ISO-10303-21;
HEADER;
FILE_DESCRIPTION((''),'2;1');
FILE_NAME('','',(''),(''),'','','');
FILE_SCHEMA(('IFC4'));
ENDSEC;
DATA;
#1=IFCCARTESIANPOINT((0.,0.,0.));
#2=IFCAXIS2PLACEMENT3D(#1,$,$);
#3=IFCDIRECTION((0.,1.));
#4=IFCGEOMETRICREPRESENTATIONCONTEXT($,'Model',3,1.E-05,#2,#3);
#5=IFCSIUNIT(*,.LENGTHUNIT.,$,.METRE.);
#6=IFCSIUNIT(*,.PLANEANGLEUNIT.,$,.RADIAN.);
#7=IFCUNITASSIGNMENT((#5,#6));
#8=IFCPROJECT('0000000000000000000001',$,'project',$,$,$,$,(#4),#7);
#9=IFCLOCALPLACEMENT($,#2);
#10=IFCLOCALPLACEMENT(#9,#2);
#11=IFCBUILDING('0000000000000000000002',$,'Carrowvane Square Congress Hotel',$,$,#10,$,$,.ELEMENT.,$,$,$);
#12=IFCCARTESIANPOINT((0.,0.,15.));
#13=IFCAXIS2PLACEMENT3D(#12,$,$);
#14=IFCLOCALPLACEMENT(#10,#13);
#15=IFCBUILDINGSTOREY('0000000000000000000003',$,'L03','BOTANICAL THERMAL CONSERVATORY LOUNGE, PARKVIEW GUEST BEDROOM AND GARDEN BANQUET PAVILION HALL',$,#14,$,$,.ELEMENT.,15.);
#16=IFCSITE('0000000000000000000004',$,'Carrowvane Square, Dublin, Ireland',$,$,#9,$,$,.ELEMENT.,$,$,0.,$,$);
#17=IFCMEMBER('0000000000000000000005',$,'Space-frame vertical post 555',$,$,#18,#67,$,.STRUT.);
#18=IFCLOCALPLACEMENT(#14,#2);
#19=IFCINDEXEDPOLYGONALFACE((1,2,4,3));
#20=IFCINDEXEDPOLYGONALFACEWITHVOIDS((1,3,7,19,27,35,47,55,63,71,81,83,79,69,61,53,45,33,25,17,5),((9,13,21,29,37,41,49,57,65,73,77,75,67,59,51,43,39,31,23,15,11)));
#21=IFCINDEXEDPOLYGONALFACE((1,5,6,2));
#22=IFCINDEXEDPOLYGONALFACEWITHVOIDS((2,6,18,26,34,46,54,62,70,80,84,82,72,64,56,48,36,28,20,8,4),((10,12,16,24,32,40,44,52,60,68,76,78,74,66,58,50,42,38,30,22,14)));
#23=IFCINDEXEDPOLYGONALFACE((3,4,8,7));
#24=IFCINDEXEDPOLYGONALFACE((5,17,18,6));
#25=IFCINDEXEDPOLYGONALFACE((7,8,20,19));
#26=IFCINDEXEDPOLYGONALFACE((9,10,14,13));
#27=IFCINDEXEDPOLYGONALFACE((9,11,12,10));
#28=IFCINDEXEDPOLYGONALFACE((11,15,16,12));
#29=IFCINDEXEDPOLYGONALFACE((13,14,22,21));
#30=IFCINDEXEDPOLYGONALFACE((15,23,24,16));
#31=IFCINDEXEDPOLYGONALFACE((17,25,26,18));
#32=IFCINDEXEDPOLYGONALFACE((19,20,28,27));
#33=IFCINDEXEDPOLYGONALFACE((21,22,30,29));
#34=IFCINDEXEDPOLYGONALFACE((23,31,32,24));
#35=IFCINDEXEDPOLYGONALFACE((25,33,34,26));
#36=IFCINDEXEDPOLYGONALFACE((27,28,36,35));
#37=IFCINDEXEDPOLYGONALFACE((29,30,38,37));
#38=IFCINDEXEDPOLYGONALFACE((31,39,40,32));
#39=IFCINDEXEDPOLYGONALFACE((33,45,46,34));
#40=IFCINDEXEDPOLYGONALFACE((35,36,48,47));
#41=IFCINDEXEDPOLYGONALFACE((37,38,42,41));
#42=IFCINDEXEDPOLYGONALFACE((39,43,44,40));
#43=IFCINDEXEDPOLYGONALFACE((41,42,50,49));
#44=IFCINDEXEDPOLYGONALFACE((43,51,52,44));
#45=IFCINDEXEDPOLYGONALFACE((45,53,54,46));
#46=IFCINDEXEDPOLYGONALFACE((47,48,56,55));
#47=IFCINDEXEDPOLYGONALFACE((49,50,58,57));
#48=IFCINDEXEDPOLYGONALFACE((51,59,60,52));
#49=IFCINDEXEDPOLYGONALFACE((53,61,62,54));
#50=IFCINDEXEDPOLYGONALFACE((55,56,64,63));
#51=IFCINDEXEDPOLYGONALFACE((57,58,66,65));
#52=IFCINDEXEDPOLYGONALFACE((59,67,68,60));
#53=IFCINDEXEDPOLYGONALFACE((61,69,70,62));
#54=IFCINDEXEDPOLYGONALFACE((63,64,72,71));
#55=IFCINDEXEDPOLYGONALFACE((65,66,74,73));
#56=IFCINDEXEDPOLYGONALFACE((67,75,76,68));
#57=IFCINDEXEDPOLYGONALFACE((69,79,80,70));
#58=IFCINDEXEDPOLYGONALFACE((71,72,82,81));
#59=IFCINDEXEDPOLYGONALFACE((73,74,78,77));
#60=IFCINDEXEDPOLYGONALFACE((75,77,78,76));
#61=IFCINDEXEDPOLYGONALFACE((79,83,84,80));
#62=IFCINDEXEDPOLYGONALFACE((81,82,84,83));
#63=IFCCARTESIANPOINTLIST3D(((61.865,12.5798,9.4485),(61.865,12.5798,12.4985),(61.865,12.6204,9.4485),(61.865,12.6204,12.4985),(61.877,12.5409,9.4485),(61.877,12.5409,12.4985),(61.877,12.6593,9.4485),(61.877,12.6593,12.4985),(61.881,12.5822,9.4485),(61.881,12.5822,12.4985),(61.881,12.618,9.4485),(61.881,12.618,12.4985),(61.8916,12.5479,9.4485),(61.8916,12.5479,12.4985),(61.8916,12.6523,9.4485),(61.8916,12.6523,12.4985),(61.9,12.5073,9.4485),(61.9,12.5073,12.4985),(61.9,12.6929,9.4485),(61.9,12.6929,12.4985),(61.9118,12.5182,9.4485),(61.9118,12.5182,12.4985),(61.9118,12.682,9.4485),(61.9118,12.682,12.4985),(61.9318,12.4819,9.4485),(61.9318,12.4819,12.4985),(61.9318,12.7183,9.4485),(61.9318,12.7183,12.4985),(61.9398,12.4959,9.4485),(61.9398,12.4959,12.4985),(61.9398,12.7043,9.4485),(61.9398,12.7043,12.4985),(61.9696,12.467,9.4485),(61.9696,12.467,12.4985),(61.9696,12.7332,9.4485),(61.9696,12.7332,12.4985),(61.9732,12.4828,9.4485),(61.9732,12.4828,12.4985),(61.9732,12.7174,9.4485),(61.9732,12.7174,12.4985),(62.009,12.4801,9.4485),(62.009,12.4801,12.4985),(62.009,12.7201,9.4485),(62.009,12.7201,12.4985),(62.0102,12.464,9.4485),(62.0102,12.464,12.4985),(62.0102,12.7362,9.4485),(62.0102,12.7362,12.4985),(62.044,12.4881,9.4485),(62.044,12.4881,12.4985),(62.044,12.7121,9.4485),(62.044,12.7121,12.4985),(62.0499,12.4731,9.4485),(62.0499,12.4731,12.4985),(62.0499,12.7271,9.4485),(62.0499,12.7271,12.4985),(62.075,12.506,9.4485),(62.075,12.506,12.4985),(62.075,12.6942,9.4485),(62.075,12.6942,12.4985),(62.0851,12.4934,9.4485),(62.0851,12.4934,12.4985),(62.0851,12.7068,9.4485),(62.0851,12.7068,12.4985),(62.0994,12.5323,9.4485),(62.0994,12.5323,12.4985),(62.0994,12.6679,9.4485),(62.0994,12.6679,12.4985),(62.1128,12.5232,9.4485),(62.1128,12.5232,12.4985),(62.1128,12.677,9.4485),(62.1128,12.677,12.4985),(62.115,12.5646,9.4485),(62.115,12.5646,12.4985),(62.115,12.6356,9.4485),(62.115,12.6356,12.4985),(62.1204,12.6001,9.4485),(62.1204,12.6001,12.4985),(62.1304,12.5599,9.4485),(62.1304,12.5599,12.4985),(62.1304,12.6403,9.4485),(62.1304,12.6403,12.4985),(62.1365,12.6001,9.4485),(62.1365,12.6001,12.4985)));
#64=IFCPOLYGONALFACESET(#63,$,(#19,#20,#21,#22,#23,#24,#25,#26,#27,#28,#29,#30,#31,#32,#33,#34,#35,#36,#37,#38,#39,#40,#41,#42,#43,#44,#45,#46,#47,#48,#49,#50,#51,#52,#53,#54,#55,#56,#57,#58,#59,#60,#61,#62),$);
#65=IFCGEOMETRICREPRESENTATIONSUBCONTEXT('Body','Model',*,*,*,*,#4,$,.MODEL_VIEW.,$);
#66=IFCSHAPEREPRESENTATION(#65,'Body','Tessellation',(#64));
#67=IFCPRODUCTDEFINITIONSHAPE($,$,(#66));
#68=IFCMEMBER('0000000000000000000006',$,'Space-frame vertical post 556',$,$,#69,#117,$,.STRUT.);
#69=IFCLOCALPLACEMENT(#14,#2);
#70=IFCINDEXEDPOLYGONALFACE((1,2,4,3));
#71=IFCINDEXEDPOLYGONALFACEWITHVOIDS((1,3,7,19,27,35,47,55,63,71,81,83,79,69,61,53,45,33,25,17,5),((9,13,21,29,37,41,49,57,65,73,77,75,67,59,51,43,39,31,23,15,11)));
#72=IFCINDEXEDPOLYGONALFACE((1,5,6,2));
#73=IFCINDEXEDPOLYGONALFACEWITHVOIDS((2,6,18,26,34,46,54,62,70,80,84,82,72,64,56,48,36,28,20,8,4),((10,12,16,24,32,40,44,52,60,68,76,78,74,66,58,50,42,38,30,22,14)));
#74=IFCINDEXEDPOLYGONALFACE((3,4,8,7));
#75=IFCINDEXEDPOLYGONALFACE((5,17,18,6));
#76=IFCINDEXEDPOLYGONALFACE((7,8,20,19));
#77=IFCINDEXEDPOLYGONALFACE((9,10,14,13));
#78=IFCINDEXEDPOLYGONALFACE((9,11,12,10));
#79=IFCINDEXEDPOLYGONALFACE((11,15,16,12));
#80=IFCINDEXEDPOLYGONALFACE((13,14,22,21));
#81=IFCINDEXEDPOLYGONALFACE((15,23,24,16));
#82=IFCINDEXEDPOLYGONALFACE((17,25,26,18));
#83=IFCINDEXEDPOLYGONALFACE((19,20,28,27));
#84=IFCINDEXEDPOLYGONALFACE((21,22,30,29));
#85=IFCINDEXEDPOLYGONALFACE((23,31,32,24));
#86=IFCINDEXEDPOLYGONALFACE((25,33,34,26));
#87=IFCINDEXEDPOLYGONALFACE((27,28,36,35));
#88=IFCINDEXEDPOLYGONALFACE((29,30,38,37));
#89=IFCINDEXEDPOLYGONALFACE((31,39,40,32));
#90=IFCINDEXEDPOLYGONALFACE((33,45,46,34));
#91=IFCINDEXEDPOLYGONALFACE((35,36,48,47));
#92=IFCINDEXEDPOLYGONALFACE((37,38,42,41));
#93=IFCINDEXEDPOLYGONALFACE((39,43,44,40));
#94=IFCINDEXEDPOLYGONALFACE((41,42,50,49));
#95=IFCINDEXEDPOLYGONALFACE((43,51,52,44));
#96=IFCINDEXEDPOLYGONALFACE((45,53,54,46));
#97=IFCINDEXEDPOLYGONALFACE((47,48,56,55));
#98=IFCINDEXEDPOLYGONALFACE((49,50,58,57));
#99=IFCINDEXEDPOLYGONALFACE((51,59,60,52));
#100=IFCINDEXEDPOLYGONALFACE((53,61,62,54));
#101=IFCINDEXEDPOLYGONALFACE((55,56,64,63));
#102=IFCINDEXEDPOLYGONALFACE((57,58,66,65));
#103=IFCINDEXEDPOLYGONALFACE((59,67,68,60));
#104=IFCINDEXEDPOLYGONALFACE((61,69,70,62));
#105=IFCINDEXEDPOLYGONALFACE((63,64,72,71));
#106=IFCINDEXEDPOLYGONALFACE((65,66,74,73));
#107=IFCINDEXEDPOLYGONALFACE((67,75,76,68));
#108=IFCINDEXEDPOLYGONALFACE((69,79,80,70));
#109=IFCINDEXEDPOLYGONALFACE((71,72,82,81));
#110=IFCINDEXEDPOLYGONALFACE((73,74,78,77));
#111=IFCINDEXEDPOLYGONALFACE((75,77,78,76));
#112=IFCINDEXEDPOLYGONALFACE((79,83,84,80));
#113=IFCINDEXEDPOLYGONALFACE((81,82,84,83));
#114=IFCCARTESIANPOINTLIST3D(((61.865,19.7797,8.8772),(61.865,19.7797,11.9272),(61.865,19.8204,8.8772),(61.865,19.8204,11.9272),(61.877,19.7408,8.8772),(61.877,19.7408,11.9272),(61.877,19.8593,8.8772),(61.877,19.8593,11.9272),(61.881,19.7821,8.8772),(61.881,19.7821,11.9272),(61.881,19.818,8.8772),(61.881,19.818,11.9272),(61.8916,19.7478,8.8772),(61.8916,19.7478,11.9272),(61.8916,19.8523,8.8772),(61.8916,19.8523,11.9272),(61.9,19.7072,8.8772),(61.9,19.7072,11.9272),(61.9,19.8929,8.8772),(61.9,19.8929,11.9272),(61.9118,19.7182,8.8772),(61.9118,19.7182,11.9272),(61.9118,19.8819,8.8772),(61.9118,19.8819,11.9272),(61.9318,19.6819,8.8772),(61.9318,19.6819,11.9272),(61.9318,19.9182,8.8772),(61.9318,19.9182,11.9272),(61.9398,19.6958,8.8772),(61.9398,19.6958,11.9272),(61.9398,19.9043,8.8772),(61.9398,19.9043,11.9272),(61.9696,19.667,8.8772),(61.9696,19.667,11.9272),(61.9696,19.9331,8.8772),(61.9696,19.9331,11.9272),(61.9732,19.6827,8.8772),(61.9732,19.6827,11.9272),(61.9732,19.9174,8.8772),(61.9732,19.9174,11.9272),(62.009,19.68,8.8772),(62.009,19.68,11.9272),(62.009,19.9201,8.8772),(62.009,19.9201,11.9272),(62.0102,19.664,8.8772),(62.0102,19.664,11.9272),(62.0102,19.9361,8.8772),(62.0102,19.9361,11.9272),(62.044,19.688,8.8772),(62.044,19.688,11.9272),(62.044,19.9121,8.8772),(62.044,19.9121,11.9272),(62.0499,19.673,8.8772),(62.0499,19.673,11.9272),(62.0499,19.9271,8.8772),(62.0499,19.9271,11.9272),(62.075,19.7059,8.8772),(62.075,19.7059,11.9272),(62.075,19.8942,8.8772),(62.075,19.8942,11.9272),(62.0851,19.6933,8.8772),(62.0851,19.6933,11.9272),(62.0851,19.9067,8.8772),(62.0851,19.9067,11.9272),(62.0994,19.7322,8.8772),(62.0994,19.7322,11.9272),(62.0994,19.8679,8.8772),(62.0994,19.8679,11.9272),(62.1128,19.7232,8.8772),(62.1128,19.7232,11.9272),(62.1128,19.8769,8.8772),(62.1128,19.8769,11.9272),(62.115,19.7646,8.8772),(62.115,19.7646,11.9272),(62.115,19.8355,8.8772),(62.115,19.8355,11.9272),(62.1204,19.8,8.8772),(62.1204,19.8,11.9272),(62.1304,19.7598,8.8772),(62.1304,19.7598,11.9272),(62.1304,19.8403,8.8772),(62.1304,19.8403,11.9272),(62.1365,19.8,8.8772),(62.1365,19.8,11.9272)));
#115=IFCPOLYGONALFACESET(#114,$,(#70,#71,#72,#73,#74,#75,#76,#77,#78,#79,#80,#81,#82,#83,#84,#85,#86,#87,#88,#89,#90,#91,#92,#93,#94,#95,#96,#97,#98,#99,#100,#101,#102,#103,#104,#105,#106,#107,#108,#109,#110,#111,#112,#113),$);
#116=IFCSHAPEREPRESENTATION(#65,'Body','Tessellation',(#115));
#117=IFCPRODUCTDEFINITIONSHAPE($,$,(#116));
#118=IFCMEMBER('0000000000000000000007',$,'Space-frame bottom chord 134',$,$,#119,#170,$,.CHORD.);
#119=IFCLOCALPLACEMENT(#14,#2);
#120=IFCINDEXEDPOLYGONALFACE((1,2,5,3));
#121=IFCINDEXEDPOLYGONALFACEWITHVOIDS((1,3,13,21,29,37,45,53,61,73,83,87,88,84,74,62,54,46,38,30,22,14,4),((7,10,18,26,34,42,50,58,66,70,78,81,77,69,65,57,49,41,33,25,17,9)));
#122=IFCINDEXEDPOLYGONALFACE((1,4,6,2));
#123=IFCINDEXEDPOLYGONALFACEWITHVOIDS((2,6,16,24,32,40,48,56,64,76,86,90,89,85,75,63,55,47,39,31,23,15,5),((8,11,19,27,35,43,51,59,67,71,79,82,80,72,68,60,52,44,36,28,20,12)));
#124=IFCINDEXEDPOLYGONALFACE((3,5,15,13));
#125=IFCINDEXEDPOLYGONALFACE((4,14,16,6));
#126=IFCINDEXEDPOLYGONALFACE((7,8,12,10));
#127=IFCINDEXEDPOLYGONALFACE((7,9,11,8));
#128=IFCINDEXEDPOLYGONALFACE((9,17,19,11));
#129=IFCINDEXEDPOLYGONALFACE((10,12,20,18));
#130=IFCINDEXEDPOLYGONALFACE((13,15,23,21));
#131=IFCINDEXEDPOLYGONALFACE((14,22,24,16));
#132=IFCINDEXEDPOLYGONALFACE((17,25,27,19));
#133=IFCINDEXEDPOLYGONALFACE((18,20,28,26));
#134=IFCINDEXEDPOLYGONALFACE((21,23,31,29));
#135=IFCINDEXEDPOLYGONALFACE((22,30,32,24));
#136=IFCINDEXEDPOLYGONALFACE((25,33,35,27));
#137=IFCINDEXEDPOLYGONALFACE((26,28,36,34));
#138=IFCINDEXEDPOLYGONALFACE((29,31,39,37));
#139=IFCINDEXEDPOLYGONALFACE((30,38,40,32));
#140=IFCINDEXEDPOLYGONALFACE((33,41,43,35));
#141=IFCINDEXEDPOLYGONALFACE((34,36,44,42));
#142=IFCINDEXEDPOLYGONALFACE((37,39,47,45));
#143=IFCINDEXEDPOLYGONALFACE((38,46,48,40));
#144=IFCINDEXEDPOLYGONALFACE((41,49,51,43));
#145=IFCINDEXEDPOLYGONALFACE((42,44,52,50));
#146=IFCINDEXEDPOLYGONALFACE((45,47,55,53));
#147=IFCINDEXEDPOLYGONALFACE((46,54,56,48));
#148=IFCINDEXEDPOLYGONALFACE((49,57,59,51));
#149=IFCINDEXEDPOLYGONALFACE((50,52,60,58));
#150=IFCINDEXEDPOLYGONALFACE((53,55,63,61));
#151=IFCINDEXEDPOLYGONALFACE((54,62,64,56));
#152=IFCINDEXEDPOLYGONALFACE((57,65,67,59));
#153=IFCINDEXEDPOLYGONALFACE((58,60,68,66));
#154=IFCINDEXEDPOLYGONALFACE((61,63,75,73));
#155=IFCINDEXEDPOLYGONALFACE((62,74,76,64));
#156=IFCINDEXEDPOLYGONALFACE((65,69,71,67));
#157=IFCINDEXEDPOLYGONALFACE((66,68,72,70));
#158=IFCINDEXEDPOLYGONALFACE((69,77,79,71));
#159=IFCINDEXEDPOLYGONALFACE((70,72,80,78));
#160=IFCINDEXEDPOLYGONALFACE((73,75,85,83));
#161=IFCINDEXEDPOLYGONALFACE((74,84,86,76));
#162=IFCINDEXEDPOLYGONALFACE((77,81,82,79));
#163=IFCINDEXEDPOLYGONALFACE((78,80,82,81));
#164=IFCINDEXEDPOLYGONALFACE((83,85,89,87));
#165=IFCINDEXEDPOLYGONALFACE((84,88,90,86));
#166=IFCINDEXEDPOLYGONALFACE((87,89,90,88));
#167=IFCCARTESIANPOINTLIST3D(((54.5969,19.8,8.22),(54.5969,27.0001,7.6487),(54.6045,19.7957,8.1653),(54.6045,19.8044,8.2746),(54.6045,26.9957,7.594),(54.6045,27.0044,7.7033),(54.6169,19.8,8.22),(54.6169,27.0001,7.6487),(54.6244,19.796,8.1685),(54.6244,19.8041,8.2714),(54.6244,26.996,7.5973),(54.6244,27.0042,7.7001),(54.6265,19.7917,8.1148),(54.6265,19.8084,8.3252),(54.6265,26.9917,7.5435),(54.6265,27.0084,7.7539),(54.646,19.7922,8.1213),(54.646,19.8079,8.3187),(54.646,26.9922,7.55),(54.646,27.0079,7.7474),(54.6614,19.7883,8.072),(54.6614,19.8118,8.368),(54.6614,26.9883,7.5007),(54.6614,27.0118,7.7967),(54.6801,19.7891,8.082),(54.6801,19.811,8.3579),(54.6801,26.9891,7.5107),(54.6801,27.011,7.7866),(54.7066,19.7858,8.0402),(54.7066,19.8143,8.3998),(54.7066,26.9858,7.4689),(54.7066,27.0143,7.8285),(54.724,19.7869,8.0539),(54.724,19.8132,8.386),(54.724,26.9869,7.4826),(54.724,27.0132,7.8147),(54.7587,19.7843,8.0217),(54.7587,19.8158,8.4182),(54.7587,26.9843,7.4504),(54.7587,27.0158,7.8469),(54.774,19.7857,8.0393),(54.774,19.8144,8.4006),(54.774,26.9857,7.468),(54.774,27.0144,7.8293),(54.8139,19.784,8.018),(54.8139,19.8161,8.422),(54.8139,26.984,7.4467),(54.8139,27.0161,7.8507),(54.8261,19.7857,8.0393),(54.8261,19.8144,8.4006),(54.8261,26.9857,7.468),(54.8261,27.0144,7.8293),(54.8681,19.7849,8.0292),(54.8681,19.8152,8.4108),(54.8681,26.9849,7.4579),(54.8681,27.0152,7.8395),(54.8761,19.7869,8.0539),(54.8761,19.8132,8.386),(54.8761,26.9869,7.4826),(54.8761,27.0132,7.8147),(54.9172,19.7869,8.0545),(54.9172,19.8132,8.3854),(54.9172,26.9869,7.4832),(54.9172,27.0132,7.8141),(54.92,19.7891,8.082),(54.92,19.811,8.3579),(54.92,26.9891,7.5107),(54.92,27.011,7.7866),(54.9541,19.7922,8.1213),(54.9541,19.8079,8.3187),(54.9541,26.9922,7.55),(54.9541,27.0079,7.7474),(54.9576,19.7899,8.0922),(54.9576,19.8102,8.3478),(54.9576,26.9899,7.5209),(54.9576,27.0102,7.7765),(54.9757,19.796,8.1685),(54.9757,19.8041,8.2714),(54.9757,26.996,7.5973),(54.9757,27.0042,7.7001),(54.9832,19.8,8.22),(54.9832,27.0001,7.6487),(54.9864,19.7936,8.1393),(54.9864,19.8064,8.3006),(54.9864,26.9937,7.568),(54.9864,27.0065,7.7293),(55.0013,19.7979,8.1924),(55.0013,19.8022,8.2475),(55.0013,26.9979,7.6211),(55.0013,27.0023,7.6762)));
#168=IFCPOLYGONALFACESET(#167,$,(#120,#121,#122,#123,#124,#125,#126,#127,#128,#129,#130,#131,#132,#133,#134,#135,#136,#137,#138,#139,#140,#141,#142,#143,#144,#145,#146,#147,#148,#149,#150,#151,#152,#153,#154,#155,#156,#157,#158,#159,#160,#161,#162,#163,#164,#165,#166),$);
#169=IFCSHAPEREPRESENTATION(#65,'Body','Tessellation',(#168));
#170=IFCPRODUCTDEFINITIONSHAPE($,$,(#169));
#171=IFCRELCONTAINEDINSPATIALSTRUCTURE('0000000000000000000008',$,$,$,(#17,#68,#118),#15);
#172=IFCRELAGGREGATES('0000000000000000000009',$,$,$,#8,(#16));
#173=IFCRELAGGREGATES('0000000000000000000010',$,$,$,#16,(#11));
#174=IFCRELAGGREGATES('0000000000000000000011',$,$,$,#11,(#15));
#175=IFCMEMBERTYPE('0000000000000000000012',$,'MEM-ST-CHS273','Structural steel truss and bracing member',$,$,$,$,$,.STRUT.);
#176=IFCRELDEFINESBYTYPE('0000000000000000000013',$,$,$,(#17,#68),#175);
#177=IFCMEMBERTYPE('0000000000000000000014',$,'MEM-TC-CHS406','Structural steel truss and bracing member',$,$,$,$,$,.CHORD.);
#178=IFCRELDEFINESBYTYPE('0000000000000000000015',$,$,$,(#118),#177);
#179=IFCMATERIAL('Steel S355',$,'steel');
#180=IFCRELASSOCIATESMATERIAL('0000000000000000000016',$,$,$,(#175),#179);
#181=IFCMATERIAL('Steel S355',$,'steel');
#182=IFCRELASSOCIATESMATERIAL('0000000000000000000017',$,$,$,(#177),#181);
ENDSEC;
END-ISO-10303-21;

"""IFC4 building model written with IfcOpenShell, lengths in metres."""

from ifc_helpers import new_model, si_unit, direction, frame, origin, origin_2d, place, context, subcontext, project, spatial, hollow_circle, extrude, material, material_profile, profile_set, type_object, element, save


model = new_model("IFC4")

# Units and contexts
model_context = context("Model", 3, precision=1e-05, world=origin(), true_north=direction((0.0, 1.0)))
body_context = subcontext(model_context, "Body", "Model", "MODEL_VIEW")
ifc_project = project(units=[si_unit("LENGTHUNIT", "METRE"), si_unit("PLANEANGLEUNIT", "RADIAN")], contexts=[model_context])

# Site, building, storey
site_placement = place(None, origin())
site = spatial("IfcSite", under=ifc_project, at=site_placement, Name="Carrowvane Square, Dublin, Ireland", CompositionType="ELEMENT", RefElevation=0.0)
building_placement = place(site_placement, origin())
building = spatial("IfcBuilding", under=site, at=building_placement, Name="Carrowvane Square Congress Hotel", CompositionType="ELEMENT")
storey_placement = place(building_placement, frame((0.0, 0.0, 15.0)))
storey = spatial("IfcBuildingStorey", under=building, at=storey_placement, Name="L03", Description="BOTANICAL THERMAL CONSERVATORY LOUNGE, PARKVIEW GUEST BEDROOM AND GARDEN BANQUET PAVILION HALL", CompositionType="ELEMENT", Elevation=15.0)

# Members
ifc_material_1 = material(Name="Steel S355", Category="steel")
ifc_material_profile_1 = material_profile(ifc_material_1, hollow_circle(Radius=0.1365, WallThickness=0.0161, at=origin_2d()), Name="CHS 273.0x16")
ifc_profile_set_1 = profile_set([ifc_material_profile_1], Name="Steel S355")
member_type_1 = type_object("IfcMemberType", Name="MEM-ST-CHS273", Description="Structural steel truss and bracing member", PredefinedType="STRUT", material=ifc_profile_set_1)
for number, where, z_axis, x_axis, name in (
    (1, (62.0, 12.6001, 9.4485), (0.0, 0.0, 1.0), (1.0, 0.0, 0.0), "Space-frame vertical post 555"),
    (2, (62.0, 19.8, 8.8772), (0.0, 0.0, 1.0), (1.0, 0.0, 0.0), "Space-frame vertical post 556"),
):
    element("IfcMember", number, at=place(storey_placement, frame(where, z_axis=z_axis, x_axis=x_axis)), inside=storey, type_object=member_type_1, Name=name, PredefinedType="STRUT", context=body_context, shape_type="SweptSolid", body=[
        extrude(hollow_circle(Radius=0.1365, WallThickness=0.0161, at=origin_2d()), origin(), (0.0, 0.0, 1.0), 3.05),
    ])
ifc_material_2 = material(Name="Steel S355", Category="steel")
ifc_material_profile_2 = material_profile(ifc_material_2, hollow_circle(Radius=0.2031, WallThickness=0.02, at=origin_2d()), Name="CHS 406.4x20")
ifc_profile_set_2 = profile_set([ifc_material_profile_2], Name="Steel S355")
member_type_2 = type_object("IfcMemberType", Name="MEM-TC-CHS406", Description="Structural steel truss and bracing member", PredefinedType="CHORD", material=ifc_profile_set_2)
for number, where, z_axis, x_axis, name in (
    (3, (54.8, 19.8, 8.22), (0.0, 0.996867, -0.079098), (-1.0, 0.0, 0.0), "Space-frame bottom chord 134"),
):
    element("IfcMember", number, at=place(storey_placement, frame(where, z_axis=z_axis, x_axis=x_axis)), inside=storey, type_object=member_type_2, Name=name, PredefinedType="CHORD", context=body_context, shape_type="SweptSolid", body=[
        extrude(hollow_circle(Radius=0.2031, WallThickness=0.02, at=origin_2d()), origin(), (0.0, 0.0, 1.0), 7.2227),
    ])

save(model, "model.ifc")
